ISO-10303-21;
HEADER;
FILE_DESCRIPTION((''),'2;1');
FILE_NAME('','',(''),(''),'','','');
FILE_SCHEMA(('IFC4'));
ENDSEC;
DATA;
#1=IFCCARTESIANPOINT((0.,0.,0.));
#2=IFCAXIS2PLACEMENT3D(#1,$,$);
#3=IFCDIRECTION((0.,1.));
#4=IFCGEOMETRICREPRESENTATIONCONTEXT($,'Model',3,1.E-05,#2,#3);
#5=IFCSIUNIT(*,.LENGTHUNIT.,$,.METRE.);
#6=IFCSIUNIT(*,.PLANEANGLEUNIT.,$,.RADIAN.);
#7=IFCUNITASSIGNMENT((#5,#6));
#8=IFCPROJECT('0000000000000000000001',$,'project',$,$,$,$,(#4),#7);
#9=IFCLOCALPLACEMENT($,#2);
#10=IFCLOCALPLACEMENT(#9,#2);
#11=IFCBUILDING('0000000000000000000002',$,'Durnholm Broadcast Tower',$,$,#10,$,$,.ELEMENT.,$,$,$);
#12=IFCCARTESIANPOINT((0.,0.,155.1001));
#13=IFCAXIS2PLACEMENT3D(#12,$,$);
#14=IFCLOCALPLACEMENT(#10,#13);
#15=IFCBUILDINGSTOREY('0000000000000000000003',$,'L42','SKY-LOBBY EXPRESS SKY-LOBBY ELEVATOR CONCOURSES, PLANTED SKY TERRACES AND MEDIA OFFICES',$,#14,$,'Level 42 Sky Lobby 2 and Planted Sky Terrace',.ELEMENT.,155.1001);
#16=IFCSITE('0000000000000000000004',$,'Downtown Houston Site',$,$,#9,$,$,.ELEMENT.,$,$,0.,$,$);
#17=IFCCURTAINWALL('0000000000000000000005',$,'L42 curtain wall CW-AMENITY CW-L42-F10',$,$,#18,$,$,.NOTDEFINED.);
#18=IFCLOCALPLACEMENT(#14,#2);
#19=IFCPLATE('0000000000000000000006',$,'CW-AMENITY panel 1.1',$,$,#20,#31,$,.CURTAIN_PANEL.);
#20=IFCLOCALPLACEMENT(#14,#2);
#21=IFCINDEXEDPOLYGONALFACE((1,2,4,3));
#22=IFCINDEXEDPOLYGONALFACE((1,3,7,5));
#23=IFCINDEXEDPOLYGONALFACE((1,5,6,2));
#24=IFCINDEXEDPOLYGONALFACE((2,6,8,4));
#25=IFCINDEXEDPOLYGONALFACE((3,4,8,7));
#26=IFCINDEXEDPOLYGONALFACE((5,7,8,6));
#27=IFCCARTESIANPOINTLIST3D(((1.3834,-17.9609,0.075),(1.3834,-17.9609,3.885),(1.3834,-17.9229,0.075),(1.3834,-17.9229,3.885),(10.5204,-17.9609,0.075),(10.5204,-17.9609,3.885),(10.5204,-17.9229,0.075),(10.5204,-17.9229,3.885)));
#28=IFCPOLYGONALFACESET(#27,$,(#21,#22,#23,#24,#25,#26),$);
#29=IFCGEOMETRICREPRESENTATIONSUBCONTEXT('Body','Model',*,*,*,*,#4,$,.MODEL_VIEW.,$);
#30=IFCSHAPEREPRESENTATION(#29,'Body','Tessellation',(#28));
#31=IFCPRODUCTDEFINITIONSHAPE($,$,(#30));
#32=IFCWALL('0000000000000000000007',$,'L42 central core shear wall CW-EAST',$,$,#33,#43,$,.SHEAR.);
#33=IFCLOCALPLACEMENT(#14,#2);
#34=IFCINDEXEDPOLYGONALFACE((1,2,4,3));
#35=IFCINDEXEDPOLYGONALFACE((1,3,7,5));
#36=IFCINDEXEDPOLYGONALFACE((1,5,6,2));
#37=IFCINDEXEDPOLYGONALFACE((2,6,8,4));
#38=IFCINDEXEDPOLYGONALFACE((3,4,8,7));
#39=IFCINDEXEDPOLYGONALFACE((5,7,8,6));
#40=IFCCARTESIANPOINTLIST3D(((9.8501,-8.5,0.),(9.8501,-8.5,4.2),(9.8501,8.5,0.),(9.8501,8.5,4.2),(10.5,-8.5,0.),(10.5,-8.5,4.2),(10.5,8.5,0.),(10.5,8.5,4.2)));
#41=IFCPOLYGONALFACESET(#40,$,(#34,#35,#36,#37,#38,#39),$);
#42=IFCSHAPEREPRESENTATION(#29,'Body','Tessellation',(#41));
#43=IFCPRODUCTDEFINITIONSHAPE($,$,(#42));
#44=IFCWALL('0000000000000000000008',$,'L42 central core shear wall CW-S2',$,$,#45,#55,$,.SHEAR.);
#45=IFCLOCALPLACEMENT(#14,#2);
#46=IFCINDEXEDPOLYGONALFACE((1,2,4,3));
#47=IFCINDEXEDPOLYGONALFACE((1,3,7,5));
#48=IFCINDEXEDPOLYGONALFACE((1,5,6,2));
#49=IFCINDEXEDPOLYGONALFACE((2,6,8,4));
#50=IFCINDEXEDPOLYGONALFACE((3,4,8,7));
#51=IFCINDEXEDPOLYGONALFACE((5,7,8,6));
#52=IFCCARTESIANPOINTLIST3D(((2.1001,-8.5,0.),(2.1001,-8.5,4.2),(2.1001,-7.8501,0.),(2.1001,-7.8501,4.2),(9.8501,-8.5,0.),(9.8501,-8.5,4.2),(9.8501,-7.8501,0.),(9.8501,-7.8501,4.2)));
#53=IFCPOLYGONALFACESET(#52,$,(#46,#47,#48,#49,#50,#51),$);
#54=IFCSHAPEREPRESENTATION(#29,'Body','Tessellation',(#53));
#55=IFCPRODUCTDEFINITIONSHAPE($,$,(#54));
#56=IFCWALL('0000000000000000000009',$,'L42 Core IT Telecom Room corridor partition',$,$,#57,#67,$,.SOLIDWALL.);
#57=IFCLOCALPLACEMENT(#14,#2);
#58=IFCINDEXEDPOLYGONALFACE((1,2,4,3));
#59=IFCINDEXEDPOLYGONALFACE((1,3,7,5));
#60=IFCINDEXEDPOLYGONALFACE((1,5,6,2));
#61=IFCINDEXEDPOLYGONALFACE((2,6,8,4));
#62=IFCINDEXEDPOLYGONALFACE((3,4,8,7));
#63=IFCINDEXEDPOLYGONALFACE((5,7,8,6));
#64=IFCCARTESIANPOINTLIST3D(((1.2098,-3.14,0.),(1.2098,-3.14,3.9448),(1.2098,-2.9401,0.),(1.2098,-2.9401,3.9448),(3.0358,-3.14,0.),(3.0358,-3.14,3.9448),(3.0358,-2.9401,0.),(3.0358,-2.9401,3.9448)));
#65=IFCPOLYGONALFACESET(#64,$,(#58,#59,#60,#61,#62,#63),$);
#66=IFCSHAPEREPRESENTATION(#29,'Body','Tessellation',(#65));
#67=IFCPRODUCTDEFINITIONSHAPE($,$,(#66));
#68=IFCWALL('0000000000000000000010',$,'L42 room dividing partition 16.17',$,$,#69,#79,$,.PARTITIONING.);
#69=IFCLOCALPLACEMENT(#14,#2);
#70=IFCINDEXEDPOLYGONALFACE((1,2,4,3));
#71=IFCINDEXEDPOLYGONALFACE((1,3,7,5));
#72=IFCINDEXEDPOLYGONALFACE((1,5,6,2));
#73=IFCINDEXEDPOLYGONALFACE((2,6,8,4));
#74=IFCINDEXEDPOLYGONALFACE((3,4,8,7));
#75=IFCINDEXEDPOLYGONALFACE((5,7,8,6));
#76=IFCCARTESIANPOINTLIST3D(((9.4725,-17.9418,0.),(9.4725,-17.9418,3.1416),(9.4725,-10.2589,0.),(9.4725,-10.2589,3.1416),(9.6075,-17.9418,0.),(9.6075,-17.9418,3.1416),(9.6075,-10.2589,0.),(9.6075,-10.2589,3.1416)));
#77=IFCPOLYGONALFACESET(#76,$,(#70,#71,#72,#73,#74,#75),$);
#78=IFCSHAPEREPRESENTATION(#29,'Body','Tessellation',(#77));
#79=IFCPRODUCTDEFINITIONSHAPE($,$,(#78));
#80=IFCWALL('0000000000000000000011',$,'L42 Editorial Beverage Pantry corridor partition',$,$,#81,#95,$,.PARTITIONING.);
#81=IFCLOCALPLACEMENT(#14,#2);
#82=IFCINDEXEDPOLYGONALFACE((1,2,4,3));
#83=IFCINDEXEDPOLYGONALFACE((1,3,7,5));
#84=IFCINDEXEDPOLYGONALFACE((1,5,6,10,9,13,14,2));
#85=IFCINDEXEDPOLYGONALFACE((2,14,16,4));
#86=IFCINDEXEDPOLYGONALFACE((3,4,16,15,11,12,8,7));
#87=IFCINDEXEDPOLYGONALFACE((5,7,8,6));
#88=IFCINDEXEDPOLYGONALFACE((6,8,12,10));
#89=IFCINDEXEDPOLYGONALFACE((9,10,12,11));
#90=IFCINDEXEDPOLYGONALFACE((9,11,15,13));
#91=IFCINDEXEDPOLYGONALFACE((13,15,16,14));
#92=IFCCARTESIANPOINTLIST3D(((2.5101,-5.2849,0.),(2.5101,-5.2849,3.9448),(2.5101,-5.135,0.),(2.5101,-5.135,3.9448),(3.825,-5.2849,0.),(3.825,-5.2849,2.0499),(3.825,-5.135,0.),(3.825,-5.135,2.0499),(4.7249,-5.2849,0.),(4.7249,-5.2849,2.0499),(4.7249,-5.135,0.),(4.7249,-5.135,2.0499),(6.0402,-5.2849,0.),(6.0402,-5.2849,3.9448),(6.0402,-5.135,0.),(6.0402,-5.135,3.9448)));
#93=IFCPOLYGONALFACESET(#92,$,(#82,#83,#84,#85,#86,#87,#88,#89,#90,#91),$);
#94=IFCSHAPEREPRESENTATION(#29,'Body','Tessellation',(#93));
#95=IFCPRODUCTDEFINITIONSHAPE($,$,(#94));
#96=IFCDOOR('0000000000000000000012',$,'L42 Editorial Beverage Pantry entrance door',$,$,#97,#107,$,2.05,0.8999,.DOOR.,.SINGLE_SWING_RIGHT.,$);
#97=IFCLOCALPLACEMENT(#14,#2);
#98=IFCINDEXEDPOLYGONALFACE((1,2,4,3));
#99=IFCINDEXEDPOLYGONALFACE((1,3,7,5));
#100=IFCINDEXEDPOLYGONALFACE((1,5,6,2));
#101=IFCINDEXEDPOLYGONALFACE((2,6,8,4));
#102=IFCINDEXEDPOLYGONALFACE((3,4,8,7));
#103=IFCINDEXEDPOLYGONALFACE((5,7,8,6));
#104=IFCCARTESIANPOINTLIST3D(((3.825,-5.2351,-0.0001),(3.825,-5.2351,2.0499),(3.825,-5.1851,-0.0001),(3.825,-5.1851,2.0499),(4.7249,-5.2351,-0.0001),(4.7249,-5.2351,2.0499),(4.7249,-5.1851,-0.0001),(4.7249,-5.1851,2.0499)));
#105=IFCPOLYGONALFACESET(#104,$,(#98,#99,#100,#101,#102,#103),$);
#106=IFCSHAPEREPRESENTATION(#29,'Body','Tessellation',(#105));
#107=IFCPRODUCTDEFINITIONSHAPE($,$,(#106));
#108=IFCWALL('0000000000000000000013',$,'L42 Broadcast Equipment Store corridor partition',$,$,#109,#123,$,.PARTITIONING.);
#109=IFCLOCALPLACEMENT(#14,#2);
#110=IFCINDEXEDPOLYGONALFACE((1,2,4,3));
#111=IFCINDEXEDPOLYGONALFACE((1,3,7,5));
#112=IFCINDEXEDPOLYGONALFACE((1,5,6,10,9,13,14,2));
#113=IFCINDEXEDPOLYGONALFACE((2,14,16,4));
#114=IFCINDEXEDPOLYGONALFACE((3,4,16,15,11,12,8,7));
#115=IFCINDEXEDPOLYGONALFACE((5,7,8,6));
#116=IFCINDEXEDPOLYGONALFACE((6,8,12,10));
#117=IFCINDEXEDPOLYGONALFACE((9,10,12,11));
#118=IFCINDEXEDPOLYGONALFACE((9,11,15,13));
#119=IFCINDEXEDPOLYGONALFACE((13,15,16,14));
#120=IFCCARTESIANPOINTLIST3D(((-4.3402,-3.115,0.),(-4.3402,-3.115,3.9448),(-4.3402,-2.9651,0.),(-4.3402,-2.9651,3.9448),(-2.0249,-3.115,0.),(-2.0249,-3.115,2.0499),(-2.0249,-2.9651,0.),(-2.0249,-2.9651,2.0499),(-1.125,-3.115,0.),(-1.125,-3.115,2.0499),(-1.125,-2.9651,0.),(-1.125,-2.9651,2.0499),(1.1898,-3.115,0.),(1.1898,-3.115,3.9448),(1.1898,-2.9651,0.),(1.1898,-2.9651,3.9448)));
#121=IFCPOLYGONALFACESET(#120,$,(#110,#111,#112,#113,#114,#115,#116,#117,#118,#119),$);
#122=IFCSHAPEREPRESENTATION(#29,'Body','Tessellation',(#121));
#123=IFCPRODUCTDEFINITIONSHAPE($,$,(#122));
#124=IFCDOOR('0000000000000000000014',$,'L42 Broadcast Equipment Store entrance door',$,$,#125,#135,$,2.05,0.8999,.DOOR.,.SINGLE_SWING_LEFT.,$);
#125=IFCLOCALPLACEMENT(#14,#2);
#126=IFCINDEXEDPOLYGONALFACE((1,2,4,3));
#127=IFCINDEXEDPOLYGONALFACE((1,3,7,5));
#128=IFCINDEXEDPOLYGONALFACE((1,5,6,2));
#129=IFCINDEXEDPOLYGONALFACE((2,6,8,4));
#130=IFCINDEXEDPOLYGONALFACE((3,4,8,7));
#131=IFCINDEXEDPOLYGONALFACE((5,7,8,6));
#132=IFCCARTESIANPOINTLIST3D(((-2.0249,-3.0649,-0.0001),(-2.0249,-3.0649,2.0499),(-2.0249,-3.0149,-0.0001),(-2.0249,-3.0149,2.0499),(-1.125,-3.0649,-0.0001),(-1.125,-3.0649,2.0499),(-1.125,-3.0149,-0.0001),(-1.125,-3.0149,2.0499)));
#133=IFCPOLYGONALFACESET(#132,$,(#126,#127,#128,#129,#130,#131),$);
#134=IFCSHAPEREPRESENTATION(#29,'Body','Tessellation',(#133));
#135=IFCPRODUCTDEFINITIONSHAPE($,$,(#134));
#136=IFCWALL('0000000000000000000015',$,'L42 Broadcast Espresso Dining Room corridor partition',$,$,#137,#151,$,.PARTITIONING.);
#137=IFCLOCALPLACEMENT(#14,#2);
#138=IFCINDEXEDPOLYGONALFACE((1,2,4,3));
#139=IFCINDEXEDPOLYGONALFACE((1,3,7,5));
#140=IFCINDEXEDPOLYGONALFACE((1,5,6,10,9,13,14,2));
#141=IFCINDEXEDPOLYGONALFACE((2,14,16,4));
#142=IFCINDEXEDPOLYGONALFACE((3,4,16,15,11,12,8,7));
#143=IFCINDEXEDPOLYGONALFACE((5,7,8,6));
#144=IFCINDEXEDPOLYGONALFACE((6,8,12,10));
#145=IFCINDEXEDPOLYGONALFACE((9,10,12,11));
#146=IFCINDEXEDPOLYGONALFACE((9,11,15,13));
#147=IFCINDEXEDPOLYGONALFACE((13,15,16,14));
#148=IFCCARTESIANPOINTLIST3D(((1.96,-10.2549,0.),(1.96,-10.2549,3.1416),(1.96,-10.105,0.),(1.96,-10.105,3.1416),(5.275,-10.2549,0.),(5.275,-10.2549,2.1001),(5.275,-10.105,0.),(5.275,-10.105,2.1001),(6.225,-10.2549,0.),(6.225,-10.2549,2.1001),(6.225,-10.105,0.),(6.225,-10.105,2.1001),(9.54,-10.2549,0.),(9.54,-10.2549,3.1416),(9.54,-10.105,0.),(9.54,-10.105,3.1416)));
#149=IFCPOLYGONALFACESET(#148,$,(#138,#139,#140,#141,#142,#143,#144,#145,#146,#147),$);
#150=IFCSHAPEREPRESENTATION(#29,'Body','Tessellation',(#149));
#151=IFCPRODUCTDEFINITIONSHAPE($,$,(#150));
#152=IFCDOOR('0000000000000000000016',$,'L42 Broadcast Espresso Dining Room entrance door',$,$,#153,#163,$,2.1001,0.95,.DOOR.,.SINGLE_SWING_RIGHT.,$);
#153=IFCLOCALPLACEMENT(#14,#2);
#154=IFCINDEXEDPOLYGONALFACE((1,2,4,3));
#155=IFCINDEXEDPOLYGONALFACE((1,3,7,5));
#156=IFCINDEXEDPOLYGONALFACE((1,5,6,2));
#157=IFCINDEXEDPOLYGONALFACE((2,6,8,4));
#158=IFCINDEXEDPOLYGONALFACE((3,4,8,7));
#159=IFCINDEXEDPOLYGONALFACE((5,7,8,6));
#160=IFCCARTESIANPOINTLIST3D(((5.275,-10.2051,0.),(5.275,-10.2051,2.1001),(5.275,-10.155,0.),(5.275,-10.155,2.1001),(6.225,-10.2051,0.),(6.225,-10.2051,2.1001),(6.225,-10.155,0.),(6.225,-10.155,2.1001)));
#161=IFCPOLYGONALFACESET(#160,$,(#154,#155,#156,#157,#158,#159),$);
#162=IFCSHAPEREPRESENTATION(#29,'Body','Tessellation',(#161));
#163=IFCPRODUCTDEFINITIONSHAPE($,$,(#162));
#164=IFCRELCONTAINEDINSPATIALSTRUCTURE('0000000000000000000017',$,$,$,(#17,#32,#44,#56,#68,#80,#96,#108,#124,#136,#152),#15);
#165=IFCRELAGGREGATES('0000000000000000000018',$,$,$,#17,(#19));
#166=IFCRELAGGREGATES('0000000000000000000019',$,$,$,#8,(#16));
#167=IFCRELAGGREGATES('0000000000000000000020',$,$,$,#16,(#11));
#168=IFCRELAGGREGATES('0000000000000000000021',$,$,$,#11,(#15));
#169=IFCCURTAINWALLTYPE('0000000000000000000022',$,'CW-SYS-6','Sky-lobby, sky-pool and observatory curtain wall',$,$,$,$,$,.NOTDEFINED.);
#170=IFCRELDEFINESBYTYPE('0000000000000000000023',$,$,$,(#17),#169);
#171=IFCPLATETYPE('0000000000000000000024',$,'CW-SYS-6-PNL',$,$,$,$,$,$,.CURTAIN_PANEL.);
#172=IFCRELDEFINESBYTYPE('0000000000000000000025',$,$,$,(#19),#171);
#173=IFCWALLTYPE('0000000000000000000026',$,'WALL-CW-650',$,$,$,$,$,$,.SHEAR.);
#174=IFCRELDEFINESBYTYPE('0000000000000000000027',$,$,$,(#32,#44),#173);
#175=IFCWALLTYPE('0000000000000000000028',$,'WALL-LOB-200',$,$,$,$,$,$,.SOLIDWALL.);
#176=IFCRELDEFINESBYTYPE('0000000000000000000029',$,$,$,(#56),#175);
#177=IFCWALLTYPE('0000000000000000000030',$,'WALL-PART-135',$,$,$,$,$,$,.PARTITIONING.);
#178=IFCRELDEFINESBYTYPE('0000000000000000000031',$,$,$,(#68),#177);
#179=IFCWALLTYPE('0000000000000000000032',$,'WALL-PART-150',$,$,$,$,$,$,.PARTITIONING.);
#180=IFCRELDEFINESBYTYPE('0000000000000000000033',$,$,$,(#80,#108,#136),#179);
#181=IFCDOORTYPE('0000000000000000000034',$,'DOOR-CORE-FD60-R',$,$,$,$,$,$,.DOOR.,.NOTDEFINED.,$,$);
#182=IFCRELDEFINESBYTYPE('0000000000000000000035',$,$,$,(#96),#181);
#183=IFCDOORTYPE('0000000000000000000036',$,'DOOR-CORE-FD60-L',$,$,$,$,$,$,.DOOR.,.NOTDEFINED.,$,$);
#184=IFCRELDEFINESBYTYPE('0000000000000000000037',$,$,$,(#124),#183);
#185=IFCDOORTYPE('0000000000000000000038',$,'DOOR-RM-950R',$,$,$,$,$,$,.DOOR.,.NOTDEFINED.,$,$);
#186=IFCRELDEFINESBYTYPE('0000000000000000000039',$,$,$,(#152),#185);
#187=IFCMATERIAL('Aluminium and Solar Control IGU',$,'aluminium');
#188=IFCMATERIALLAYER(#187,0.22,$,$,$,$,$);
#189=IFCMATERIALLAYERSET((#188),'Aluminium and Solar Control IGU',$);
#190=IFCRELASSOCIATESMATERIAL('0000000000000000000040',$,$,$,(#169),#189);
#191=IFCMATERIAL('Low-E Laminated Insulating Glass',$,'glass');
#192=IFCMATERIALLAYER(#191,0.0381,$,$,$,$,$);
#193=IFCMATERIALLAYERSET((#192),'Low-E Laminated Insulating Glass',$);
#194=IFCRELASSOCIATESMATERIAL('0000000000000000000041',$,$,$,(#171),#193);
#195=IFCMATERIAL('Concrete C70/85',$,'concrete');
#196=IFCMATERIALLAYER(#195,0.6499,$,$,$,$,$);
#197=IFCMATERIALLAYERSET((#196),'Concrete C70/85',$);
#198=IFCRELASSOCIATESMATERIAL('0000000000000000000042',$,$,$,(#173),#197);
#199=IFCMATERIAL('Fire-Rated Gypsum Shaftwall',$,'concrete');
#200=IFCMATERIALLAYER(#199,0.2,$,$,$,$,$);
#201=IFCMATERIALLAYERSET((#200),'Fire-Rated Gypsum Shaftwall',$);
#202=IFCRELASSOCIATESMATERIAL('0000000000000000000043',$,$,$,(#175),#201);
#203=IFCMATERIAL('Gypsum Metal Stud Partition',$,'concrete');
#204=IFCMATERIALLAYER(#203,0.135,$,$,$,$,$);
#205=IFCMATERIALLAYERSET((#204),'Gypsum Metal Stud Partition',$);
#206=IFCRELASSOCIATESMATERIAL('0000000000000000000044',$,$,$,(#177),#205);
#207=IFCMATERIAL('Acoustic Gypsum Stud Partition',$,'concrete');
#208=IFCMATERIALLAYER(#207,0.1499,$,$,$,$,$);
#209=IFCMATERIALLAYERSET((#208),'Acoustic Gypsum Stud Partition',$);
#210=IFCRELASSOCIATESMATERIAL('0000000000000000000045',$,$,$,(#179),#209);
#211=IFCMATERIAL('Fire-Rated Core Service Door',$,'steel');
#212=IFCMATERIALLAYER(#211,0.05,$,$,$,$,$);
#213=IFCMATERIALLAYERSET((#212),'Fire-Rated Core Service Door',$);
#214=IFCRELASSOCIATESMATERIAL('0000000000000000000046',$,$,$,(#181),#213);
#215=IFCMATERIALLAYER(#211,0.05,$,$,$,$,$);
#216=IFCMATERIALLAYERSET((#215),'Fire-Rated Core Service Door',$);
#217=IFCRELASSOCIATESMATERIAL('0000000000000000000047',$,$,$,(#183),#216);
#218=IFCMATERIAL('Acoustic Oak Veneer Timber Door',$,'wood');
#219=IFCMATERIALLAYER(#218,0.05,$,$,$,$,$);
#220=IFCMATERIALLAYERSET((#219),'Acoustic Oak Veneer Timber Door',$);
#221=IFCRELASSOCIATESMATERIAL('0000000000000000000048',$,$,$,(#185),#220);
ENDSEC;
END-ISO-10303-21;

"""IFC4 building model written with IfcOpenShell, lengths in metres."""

from ifc_helpers import new_model, si_unit, direction, frame, frame_2d, origin, origin_2d, place, context, subcontext, project, spatial, rectangle, extrude, source, transform, mapped, material, layer, layer_set, type_object, type_shapes, element, fill, aggregate, save


model = new_model("IFC4")

# Units and contexts
model_context = context("Model", 3, precision=1e-05, world=origin(), true_north=direction((0.0, 1.0)))
body_context = subcontext(model_context, "Body", "Model", "MODEL_VIEW")
ifc_project = project(units=[si_unit("LENGTHUNIT", "METRE"), si_unit("PLANEANGLEUNIT", "RADIAN")], contexts=[model_context])

# Site, building, storey
site_placement = place(None, origin())
site = spatial("IfcSite", under=ifc_project, at=site_placement, Name="Downtown Houston Site", CompositionType="ELEMENT", RefElevation=0.0)
building_placement = place(site_placement, origin())
building = spatial("IfcBuilding", under=site, at=building_placement, Name="Durnholm Broadcast Tower", CompositionType="ELEMENT")
storey_placement = place(building_placement, frame((0.0, 0.0, 155.1001)))
storey = spatial("IfcBuildingStorey", under=building, at=storey_placement, Name="L42", Description="SKY-LOBBY EXPRESS SKY-LOBBY ELEVATOR CONCOURSES, PLANTED SKY TERRACES AND MEDIA OFFICES", LongName="Level 42 Sky Lobby 2 and Planted Sky Terrace", CompositionType="ELEMENT", Elevation=155.1001)

# Shared definitions
ifc_material_1 = material(Name="Concrete C70/85", Category="concrete")

# Curtain wall, plate
ifc_material_2 = material(Name="Aluminium and Solar Control IGU", Category="aluminium")
ifc_layer_1 = layer(ifc_material_2, 0.22)
ifc_layer_set_1 = layer_set([ifc_layer_1], Name="Aluminium and Solar Control IGU")
curtain_wall_type = type_object("IfcCurtainWallType", Name="CW-SYS-6", Description="Sky-lobby, sky-pool and observatory curtain wall", PredefinedType="NOTDEFINED", material=ifc_layer_set_1)
curtain_wall_placement = place(storey_placement, origin())
curtain_wall = element("IfcCurtainWall", 1, at=curtain_wall_placement, inside=storey, type_object=curtain_wall_type, Name="L42 curtain wall CW-AMENITY CW-L42-F10", PredefinedType="NOTDEFINED")
ifc_material_3 = material(Name="Low-E Laminated Insulating Glass", Category="glass")
ifc_layer_2 = layer(ifc_material_3, 0.0381)
ifc_layer_set_2 = layer_set([ifc_layer_2], Name="Low-E Laminated Insulating Glass")
plate_type = type_object("IfcPlateType", Name="CW-SYS-6-PNL", PredefinedType="CURTAIN_PANEL", material=ifc_layer_set_2)
shared_shape_1 = source(origin(), body_context, "Body", "SweptSolid", [
    extrude(rectangle(XDim=9.137, YDim=0.0381, at=origin_2d()), origin(), (0.0, 0.0, 1.0), 3.8101),
])
type_shapes(plate_type, [shared_shape_1])
plate_placement = place(storey_placement, frame((5.9519, -17.9419, 0.075), z_axis=(0.0, 0.0, 1.0), x_axis=(-1.0, 0.0, 0.0)))
plate = element("IfcPlate", 2, at=plate_placement, type_object=plate_type, Name="CW-AMENITY panel 1.1", PredefinedType="CURTAIN_PANEL", context=body_context, shape_type="MappedRepresentation", body=[
    mapped(shared_shape_1, transform((0.0, 0.0, 0.0), x_axis=(1.0, 0.0, 0.0), y_axis=(0.0, 1.0, 0.0), z_axis=(0.0, 0.0, 1.0), scale=1.0)),
])
aggregate(curtain_wall, [plate])

# Walls
ifc_layer_3 = layer(ifc_material_1, 0.6499)
ifc_layer_set_3 = layer_set([ifc_layer_3], Name="Concrete C70/85")
wall_type_1 = type_object("IfcWallType", Name="WALL-CW-650", PredefinedType="SHEAR", material=ifc_layer_set_3)
wall_1_placement = place(storey_placement, frame((10.175, -8.5, 0.0), z_axis=(0.0, 0.0, 1.0), x_axis=(0.0, 1.0, 0.0)))
element("IfcWall", 3, at=wall_1_placement, inside=storey, type_object=wall_type_1, Name="L42 central core shear wall CW-EAST", PredefinedType="SHEAR", context=body_context, shape_type="SweptSolid", body=[
    extrude(rectangle(XDim=17.0, YDim=0.6499, at=frame_2d((8.5, 0.0))), origin(), (0.0, 0.0, 1.0), 4.2),
])
wall_2_placement = place(storey_placement, frame((2.1001, -8.175, 0.0), z_axis=(0.0, 0.0, 1.0), x_axis=(1.0, 0.0, 0.0)))
element("IfcWall", 4, at=wall_2_placement, inside=storey, type_object=wall_type_1, Name="L42 central core shear wall CW-S2", PredefinedType="SHEAR", context=body_context, shape_type="SweptSolid", body=[
    extrude(rectangle(XDim=7.75, YDim=0.6499, at=frame_2d((3.875, 0.0))), origin(), (0.0, 0.0, 1.0), 4.2),
])
ifc_material_4 = material(Name="Fire-Rated Gypsum Shaftwall", Category="concrete")
ifc_layer_4 = layer(ifc_material_4, 0.2)
ifc_layer_set_4 = layer_set([ifc_layer_4], Name="Fire-Rated Gypsum Shaftwall")
wall_type_2 = type_object("IfcWallType", Name="WALL-LOB-200", PredefinedType="SOLIDWALL", material=ifc_layer_set_4)
wall_3_placement = place(storey_placement, frame((3.0359, -3.04, 0.0), z_axis=(0.0, 0.0, 1.0), x_axis=(-1.0, 0.0, 0.0)))
element("IfcWall", 5, at=wall_3_placement, inside=storey, type_object=wall_type_2, Name="L42 Core IT Telecom Room corridor partition", PredefinedType="SOLIDWALL", context=body_context, shape_type="SweptSolid", body=[
    extrude(rectangle(XDim=1.8259, YDim=0.2, at=frame_2d((0.9131, 0.0))), origin(), (0.0, 0.0, 1.0), 3.9448),
])
ifc_material_5 = material(Name="Gypsum Metal Stud Partition", Category="concrete")
ifc_layer_5 = layer(ifc_material_5, 0.135)
ifc_layer_set_5 = layer_set([ifc_layer_5], Name="Gypsum Metal Stud Partition")
wall_type_3 = type_object("IfcWallType", Name="WALL-PART-135", PredefinedType="PARTITIONING", material=ifc_layer_set_5)
wall_4_placement = place(storey_placement, frame((9.54, -10.259, 0.0), z_axis=(0.0, 0.0, 1.0), x_axis=(0.0, -1.0, 0.0)))
element("IfcWall", 6, at=wall_4_placement, inside=storey, type_object=wall_type_3, Name="L42 room dividing partition 16.17", PredefinedType="PARTITIONING", context=body_context, shape_type="SweptSolid", body=[
    extrude(rectangle(XDim=7.6829, YDim=0.135, at=frame_2d((3.8413, 0.0))), origin(), (0.0, 0.0, 1.0), 3.1416),
])

# Walls, openings, doors
ifc_material_6 = material(Name="Acoustic Gypsum Stud Partition", Category="concrete")
ifc_layer_6 = layer(ifc_material_6, 0.1499)
ifc_layer_set_6 = layer_set([ifc_layer_6], Name="Acoustic Gypsum Stud Partition")
wall_type_4 = type_object("IfcWallType", Name="WALL-PART-150", PredefinedType="PARTITIONING", material=ifc_layer_set_6)
wall_5_placement = place(storey_placement, frame((2.51, -5.21, 0.0), z_axis=(0.0, 0.0, 1.0), x_axis=(1.0, 0.0, 0.0)))
wall_5 = element("IfcWall", 7, at=wall_5_placement, inside=storey, type_object=wall_type_4, Name="L42 Editorial Beverage Pantry corridor partition", PredefinedType="PARTITIONING", context=body_context, shape_type="SweptSolid", body=[
    extrude(rectangle(XDim=3.53, YDim=0.1499, at=frame_2d((1.7651, 0.0))), origin(), (0.0, 0.0, 1.0), 3.9448),
])
opening_1_placement = place(wall_5_placement, frame((1.3149, 0.0, 0.0)))
opening_1 = element("IfcOpeningElement", 8, at=opening_1_placement, cuts=wall_5, PredefinedType="OPENING", context=body_context, shape_type="SweptSolid", body=[
    extrude(rectangle(XDim=0.8999, YDim=2.05, at=frame_2d((0.45, 1.0249))), frame((0.0, 0.085, 0.0), z_axis=(0.0, -1.0, 0.0), x_axis=(1.0, 0.0, 0.0)), (0.0, 0.0, 1.0), 0.1699),
])
ifc_material_7 = material(Name="Fire-Rated Core Service Door", Category="steel")
ifc_layer_7 = layer(ifc_material_7, 0.05)
ifc_layer_set_7 = layer_set([ifc_layer_7], Name="Fire-Rated Core Service Door")
door_type_1 = type_object("IfcDoorType", Name="DOOR-CORE-FD60-R", OperationType="NOTDEFINED", PredefinedType="DOOR", material=ifc_layer_set_7)
shared_shape_2 = source(origin(), body_context, "Body", "SweptSolid", [
    extrude(rectangle(XDim=0.8999, YDim=2.05, at=frame_2d((0.45, 1.0249))), frame((0.0, 0.0249, 0.0), z_axis=(0.0, -1.0, 0.0), x_axis=(1.0, 0.0, 0.0)), (0.0, 0.0, 1.0), 0.05),
])
type_shapes(door_type_1, [shared_shape_2])
door_1_placement = place(opening_1_placement, origin())
door_1 = element("IfcDoor", 9, at=door_1_placement, inside=storey, type_object=door_type_1, Name="L42 Editorial Beverage Pantry entrance door", OperationType="SINGLE_SWING_RIGHT", OverallHeight=2.05, OverallWidth=0.8999, PredefinedType="DOOR", context=body_context, shape_type="MappedRepresentation", body=[
    mapped(shared_shape_2, transform((0.0, 0.0, 0.0), x_axis=(1.0, 0.0, 0.0), y_axis=(0.0, 1.0, 0.0), z_axis=(0.0, 0.0, 1.0), scale=1.0)),
])
fill(opening_1, door_1)
wall_6_placement = place(storey_placement, frame((1.1899, -3.04, 0.0), z_axis=(0.0, 0.0, 1.0), x_axis=(-1.0, 0.0, 0.0)))
wall_6 = element("IfcWall", 10, at=wall_6_placement, inside=storey, type_object=wall_type_4, Name="L42 Broadcast Equipment Store corridor partition", PredefinedType="PARTITIONING", context=body_context, shape_type="SweptSolid", body=[
    extrude(rectangle(XDim=5.53, YDim=0.1499, at=frame_2d((2.7651, 0.0))), origin(), (0.0, 0.0, 1.0), 3.9448),
])
opening_2_placement = place(wall_6_placement, frame((2.3149, 0.0, 0.0)))
opening_2 = element("IfcOpeningElement", 11, at=opening_2_placement, cuts=wall_6, PredefinedType="OPENING", context=body_context, shape_type="SweptSolid", body=[
    extrude(rectangle(XDim=0.8999, YDim=2.05, at=frame_2d((0.45, 1.0249))), frame((0.0, 0.085, 0.0), z_axis=(0.0, -1.0, 0.0), x_axis=(1.0, 0.0, 0.0)), (0.0, 0.0, 1.0), 0.1699),
])
ifc_layer_8 = layer(ifc_material_7, 0.05)
ifc_layer_set_8 = layer_set([ifc_layer_8], Name="Fire-Rated Core Service Door")
door_type_2 = type_object("IfcDoorType", Name="DOOR-CORE-FD60-L", OperationType="NOTDEFINED", PredefinedType="DOOR", material=ifc_layer_set_8)
shared_shape_3 = source(origin(), body_context, "Body", "SweptSolid", [
    extrude(rectangle(XDim=0.8999, YDim=2.05, at=frame_2d((0.45, 1.0249))), frame((0.0, 0.0249, 0.0), z_axis=(0.0, -1.0, 0.0), x_axis=(1.0, 0.0, 0.0)), (0.0, 0.0, 1.0), 0.05),
])
type_shapes(door_type_2, [shared_shape_3])
door_2_placement = place(opening_2_placement, origin())
door_2 = element("IfcDoor", 12, at=door_2_placement, inside=storey, type_object=door_type_2, Name="L42 Broadcast Equipment Store entrance door", OperationType="SINGLE_SWING_LEFT", OverallHeight=2.05, OverallWidth=0.8999, PredefinedType="DOOR", context=body_context, shape_type="MappedRepresentation", body=[
    mapped(shared_shape_3, transform((0.0, 0.0, 0.0), x_axis=(1.0, 0.0, 0.0), y_axis=(0.0, 1.0, 0.0), z_axis=(0.0, 0.0, 1.0), scale=1.0)),
])
fill(opening_2, door_2)
wall_7_placement = place(storey_placement, frame((1.96, -10.1799, 0.0), z_axis=(0.0, 0.0, 1.0), x_axis=(1.0, 0.0, 0.0)))
wall_7 = element("IfcWall", 13, at=wall_7_placement, inside=storey, type_object=wall_type_4, Name="L42 Broadcast Espresso Dining Room corridor partition", PredefinedType="PARTITIONING", context=body_context, shape_type="SweptSolid", body=[
    extrude(rectangle(XDim=7.5801, YDim=0.1499, at=frame_2d((3.79, 0.0))), origin(), (0.0, 0.0, 1.0), 3.1416),
])
opening_3_placement = place(wall_7_placement, frame((3.3149, 0.0, 0.0)))
opening_3 = element("IfcOpeningElement", 14, at=opening_3_placement, cuts=wall_7, PredefinedType="OPENING", context=body_context, shape_type="SweptSolid", body=[
    extrude(rectangle(XDim=0.95, YDim=2.1001, at=frame_2d((0.4751, 1.05))), frame((0.0, 0.085, 0.0), z_axis=(0.0, -1.0, 0.0), x_axis=(1.0, 0.0, 0.0)), (0.0, 0.0, 1.0), 0.1699),
])
ifc_material_8 = material(Name="Acoustic Oak Veneer Timber Door", Category="wood")
ifc_layer_9 = layer(ifc_material_8, 0.05)
ifc_layer_set_9 = layer_set([ifc_layer_9], Name="Acoustic Oak Veneer Timber Door")
door_type_3 = type_object("IfcDoorType", Name="DOOR-RM-950R", OperationType="NOTDEFINED", PredefinedType="DOOR", material=ifc_layer_set_9)
shared_shape_4 = source(origin(), body_context, "Body", "SweptSolid", [
    extrude(rectangle(XDim=0.95, YDim=2.1001, at=frame_2d((0.4751, 1.05))), frame((0.0, 0.0249, 0.0), z_axis=(0.0, -1.0, 0.0), x_axis=(1.0, 0.0, 0.0)), (0.0, 0.0, 1.0), 0.05),
])
type_shapes(door_type_3, [shared_shape_4])
door_3_placement = place(opening_3_placement, origin())
door_3 = element("IfcDoor", 15, at=door_3_placement, inside=storey, type_object=door_type_3, Name="L42 Broadcast Espresso Dining Room entrance door", OperationType="SINGLE_SWING_RIGHT", OverallHeight=2.1001, OverallWidth=0.95, PredefinedType="DOOR", context=body_context, shape_type="MappedRepresentation", body=[
    mapped(shared_shape_4, transform((0.0, 0.0, 0.0), x_axis=(1.0, 0.0, 0.0), y_axis=(0.0, 1.0, 0.0), z_axis=(0.0, 0.0, 1.0), scale=1.0)),
])
fill(opening_3, door_3)

save(model, "model.ifc")
